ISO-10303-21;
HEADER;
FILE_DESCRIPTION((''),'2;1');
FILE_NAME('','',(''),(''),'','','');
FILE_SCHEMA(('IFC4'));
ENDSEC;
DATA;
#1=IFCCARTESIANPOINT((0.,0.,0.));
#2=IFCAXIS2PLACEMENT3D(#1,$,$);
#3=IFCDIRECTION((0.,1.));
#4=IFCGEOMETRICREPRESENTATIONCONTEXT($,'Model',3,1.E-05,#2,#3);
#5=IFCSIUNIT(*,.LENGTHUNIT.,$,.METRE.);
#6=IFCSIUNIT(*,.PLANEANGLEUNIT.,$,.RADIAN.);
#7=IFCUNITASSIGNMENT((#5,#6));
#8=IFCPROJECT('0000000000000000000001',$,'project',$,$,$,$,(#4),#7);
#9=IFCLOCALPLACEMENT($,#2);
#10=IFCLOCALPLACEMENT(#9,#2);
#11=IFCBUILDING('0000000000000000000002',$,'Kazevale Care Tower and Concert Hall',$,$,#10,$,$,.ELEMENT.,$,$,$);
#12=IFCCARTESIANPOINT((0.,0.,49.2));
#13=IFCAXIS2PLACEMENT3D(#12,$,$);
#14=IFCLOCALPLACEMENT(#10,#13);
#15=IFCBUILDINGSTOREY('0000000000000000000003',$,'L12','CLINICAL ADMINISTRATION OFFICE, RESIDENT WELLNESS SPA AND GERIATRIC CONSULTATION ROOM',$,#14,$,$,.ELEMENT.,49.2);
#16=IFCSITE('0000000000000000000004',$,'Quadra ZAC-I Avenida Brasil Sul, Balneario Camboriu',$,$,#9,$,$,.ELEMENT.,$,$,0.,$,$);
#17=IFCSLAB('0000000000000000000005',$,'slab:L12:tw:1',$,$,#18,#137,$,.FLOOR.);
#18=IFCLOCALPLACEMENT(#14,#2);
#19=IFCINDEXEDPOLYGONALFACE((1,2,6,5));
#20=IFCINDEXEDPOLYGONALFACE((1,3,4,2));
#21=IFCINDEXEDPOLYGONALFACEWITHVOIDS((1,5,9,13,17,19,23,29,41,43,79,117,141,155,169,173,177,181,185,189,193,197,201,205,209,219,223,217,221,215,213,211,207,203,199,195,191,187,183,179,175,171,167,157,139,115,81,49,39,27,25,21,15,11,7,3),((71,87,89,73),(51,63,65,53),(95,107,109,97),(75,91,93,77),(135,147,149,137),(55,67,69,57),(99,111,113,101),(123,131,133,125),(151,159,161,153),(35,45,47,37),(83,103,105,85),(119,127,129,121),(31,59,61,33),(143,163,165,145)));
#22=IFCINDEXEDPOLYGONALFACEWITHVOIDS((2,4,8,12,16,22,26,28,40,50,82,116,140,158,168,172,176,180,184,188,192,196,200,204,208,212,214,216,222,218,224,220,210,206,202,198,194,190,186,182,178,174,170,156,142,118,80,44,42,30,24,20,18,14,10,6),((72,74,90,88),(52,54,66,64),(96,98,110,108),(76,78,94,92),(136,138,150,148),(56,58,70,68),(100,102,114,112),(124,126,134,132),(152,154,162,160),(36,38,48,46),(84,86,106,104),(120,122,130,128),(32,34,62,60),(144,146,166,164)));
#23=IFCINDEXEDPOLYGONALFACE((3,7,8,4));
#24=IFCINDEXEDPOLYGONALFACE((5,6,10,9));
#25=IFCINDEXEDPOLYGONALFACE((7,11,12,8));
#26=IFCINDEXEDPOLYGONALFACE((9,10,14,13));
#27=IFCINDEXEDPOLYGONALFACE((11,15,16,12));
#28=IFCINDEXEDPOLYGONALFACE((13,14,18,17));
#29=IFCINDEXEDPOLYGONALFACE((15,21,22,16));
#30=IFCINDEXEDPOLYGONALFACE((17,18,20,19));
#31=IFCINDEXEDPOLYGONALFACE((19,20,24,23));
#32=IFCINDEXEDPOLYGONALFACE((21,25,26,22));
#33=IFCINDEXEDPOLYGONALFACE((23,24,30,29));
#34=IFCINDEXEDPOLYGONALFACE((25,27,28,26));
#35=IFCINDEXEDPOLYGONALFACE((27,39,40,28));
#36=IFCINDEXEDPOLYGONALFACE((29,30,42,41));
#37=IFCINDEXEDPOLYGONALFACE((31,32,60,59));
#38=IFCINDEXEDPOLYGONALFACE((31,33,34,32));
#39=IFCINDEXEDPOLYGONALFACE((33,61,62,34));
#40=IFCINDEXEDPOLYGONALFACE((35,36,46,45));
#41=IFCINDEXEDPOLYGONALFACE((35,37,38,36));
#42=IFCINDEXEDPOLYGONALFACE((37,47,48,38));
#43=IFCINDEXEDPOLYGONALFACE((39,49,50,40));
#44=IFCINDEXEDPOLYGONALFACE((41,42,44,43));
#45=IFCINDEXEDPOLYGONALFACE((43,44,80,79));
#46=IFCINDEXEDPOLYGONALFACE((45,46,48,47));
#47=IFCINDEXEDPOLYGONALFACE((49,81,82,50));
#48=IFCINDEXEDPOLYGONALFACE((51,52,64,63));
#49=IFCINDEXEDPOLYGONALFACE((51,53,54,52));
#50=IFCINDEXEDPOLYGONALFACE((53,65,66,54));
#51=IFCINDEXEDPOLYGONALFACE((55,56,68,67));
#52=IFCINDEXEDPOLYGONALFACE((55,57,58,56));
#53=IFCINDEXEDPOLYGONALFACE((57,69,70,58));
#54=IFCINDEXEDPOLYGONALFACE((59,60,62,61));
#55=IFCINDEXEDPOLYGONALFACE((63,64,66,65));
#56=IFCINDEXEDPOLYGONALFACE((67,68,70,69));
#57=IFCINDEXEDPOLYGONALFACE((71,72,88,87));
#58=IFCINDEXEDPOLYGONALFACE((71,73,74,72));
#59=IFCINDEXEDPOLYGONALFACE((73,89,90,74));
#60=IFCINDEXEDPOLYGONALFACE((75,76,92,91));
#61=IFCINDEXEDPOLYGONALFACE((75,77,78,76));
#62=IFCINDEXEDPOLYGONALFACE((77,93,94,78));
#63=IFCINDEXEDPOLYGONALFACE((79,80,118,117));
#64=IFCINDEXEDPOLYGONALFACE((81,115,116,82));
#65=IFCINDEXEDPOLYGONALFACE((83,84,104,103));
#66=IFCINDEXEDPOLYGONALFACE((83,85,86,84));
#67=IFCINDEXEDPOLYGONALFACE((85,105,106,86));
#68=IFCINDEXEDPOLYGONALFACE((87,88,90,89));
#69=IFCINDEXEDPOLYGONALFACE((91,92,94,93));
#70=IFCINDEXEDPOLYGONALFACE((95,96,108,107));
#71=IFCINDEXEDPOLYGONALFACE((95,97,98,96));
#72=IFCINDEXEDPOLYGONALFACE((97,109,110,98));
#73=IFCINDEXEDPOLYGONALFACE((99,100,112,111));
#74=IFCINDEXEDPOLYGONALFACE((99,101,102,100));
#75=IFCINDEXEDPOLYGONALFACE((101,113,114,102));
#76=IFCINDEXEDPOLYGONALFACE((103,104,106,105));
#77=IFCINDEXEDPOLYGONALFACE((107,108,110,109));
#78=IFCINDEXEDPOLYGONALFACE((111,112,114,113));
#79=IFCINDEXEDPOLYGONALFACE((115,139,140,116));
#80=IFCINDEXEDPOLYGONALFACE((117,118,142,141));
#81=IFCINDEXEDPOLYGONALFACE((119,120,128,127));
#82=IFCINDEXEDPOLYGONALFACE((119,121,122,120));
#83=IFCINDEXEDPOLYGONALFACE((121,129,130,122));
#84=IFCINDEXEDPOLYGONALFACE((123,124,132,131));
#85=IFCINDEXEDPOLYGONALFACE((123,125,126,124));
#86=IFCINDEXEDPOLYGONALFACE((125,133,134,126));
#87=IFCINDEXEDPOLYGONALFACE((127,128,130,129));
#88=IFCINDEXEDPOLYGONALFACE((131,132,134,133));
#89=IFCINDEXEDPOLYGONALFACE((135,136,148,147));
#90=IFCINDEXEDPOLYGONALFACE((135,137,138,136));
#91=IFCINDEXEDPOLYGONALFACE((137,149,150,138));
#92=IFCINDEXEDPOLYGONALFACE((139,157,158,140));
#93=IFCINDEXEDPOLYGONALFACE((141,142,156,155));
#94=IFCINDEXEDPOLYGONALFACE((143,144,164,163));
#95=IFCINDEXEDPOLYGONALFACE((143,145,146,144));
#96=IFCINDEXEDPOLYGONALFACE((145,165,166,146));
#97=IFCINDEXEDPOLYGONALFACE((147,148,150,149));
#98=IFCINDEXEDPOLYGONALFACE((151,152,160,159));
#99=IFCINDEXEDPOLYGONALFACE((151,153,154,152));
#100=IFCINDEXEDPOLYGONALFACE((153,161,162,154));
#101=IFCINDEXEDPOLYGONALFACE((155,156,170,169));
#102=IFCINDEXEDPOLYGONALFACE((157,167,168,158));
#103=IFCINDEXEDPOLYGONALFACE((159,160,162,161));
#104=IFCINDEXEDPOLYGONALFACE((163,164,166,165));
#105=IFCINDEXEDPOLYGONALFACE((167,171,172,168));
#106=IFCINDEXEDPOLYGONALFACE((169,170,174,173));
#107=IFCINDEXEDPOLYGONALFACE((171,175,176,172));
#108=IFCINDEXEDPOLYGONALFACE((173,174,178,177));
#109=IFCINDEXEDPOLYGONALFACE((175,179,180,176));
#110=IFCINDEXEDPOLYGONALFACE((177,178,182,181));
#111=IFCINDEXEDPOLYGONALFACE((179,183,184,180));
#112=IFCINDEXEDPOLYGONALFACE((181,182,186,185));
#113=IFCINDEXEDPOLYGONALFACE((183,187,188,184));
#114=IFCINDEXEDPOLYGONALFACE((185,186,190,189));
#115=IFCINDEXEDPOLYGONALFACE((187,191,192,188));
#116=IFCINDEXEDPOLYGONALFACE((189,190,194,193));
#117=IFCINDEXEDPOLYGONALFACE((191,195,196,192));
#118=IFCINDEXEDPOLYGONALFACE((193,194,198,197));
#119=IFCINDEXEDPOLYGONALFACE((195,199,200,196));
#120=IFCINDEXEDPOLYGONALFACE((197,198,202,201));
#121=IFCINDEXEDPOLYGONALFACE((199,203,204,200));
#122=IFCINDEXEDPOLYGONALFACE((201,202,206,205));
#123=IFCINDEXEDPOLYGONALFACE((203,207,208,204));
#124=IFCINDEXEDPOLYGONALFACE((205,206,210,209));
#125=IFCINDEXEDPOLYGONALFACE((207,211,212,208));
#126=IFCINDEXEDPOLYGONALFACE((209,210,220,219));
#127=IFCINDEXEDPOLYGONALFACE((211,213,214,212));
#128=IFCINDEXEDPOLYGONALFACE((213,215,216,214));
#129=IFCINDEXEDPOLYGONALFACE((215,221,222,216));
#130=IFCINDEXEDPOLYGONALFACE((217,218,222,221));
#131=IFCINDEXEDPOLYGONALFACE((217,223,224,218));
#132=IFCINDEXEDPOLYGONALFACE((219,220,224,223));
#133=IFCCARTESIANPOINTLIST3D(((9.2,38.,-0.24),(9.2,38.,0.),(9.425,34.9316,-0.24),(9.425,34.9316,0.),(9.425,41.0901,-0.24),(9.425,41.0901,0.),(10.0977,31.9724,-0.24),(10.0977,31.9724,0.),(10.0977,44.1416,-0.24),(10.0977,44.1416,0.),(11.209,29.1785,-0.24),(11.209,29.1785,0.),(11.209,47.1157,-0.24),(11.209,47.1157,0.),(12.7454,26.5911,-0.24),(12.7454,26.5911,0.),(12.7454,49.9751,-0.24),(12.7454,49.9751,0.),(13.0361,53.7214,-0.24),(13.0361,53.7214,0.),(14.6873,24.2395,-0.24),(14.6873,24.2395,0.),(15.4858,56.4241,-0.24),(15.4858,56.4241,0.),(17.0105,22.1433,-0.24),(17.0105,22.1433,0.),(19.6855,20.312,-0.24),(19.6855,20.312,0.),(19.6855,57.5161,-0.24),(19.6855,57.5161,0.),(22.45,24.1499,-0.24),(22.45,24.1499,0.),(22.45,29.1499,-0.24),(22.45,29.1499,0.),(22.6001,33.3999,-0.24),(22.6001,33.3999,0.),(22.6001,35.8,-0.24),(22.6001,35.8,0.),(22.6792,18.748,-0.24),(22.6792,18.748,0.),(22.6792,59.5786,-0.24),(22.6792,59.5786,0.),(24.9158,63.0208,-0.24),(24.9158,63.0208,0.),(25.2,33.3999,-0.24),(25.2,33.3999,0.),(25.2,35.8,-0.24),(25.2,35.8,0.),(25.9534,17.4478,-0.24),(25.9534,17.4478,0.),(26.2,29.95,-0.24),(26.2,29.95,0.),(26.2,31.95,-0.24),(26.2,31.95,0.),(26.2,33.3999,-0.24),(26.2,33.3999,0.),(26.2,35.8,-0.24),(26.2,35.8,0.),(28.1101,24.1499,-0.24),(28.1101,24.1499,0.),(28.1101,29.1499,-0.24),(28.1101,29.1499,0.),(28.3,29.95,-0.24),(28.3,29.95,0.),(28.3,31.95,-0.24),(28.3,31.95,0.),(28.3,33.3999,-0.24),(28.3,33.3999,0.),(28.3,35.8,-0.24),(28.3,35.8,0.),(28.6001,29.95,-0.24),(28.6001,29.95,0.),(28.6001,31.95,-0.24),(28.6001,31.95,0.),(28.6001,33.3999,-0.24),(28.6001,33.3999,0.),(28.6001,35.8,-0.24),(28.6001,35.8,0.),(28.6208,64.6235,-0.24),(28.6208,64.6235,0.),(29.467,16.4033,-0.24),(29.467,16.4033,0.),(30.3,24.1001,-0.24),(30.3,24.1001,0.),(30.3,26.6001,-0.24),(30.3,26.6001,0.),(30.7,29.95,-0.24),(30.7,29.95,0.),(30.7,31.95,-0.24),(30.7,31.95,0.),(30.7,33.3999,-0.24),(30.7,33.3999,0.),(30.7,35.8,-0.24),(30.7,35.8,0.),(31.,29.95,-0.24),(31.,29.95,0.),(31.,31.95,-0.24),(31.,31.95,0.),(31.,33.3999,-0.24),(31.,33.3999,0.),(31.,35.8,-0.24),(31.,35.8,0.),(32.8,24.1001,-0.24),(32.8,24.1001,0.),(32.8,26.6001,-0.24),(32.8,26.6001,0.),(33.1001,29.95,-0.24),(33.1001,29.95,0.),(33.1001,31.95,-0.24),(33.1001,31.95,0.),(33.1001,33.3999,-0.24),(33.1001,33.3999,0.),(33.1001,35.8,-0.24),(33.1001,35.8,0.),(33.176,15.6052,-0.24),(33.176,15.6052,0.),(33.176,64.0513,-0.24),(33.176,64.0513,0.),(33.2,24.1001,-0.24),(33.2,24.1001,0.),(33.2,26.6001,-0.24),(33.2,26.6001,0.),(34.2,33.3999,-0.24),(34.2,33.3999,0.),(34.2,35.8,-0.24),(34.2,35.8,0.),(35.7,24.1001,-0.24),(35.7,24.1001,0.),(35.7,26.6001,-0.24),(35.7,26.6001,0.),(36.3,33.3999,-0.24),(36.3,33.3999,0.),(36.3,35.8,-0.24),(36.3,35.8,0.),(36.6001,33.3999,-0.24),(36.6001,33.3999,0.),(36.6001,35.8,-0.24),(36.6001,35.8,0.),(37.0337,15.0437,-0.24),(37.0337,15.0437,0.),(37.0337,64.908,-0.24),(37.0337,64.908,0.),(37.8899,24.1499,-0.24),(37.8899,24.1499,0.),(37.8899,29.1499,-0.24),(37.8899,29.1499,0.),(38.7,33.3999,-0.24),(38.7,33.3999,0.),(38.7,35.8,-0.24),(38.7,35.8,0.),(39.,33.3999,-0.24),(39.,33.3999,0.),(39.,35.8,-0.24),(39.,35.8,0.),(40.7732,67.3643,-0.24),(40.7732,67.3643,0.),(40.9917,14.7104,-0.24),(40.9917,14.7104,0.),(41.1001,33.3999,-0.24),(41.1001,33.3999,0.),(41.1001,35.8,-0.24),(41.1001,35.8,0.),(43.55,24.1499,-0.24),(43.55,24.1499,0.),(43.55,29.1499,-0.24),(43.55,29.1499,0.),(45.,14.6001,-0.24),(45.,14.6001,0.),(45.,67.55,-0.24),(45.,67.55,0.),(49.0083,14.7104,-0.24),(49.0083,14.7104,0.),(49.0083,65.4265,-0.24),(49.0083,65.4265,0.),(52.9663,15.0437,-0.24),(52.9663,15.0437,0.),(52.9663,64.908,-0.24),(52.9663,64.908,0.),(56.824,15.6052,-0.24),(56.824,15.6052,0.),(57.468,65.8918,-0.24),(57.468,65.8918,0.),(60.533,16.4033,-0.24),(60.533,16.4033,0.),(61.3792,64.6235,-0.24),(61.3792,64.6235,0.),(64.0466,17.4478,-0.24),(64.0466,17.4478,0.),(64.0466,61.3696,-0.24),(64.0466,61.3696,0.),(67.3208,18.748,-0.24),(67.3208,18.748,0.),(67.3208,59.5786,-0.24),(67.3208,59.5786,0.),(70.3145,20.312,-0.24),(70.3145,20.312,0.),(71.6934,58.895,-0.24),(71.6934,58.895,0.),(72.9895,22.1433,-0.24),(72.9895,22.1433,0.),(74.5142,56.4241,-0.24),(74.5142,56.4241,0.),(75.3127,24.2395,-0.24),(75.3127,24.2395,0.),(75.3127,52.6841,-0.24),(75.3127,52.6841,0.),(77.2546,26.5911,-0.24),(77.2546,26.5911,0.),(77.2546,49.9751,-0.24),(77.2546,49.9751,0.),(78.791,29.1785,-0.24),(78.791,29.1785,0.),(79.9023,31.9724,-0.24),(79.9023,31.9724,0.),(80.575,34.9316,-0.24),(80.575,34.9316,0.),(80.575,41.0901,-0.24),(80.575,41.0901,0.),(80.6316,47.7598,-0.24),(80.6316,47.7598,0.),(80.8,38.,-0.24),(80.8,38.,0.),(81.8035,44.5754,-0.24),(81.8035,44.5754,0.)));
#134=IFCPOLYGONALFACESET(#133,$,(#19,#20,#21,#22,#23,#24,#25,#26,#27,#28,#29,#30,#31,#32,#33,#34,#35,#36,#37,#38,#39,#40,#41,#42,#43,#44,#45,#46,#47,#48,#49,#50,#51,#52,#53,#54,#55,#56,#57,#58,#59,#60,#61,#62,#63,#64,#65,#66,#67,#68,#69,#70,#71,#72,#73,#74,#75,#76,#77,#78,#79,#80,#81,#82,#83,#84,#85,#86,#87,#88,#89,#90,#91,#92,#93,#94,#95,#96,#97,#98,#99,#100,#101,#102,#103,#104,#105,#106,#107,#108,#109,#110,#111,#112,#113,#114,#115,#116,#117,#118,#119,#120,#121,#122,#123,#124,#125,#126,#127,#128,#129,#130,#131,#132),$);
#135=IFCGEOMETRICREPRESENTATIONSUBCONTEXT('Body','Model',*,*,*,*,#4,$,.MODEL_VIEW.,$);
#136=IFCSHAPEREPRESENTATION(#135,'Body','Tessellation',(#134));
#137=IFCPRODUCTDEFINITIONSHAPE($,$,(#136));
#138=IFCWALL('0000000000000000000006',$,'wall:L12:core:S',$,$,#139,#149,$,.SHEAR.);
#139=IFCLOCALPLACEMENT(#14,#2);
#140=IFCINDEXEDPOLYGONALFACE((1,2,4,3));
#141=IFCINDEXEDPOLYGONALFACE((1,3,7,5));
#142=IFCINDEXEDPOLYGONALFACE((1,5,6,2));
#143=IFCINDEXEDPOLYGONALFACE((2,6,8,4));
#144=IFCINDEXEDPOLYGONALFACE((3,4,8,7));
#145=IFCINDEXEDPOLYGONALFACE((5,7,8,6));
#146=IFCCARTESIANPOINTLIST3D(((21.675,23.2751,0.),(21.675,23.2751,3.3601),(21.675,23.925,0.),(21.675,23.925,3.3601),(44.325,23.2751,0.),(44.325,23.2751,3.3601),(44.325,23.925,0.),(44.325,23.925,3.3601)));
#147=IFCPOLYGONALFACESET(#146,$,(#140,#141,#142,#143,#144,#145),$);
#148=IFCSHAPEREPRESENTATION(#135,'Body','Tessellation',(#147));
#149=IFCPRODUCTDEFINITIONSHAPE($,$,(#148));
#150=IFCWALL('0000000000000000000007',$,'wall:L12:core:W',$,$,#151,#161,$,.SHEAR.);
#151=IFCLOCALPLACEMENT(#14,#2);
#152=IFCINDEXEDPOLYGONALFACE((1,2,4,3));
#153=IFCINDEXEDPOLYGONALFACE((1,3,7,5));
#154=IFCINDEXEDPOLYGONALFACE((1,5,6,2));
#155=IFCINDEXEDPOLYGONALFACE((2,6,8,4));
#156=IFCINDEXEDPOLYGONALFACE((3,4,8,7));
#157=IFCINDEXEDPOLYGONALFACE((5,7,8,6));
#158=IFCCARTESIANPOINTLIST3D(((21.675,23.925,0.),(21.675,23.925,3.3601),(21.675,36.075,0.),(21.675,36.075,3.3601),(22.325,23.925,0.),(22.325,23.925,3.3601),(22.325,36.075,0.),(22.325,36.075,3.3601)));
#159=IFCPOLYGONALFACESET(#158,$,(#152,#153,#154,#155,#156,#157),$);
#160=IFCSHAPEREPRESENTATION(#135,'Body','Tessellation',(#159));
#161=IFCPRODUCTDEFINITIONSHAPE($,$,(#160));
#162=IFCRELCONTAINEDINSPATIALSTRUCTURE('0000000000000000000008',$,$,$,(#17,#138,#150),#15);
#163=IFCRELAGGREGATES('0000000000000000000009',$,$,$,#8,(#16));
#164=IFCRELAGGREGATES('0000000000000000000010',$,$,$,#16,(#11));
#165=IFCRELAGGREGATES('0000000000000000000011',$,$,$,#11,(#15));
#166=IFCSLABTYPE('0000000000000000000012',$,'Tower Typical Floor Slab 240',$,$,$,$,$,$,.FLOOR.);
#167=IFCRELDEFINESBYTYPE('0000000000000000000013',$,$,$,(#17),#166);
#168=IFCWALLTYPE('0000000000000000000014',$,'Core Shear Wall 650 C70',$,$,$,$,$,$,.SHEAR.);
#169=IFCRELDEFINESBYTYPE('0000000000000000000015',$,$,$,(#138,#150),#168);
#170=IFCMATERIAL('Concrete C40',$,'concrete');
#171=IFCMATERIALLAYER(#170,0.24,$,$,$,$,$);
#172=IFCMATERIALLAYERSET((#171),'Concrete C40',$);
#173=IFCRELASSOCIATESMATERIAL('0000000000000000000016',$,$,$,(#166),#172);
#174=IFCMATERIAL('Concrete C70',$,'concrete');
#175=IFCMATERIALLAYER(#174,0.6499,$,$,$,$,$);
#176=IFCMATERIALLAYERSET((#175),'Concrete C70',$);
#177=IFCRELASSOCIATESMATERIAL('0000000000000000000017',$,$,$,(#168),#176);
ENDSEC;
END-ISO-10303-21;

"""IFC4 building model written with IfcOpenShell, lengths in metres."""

from ifc_helpers import new_model, si_unit, direction, frame, frame_2d, origin, place, context, subcontext, project, spatial, polyline, rectangle, outline, extrude, material, layer, layer_set, type_object, element, save


model = new_model("IFC4")

# Units and contexts
model_context = context("Model", 3, precision=1e-05, world=origin(), true_north=direction((0.0, 1.0)))
body_context = subcontext(model_context, "Body", "Model", "MODEL_VIEW")
ifc_project = project(units=[si_unit("LENGTHUNIT", "METRE"), si_unit("PLANEANGLEUNIT", "RADIAN")], contexts=[model_context])

# Site, building, storey
site_placement = place(None, origin())
site = spatial("IfcSite", under=ifc_project, at=site_placement, Name="Quadra ZAC-I Avenida Brasil Sul, Balneario Camboriu", CompositionType="ELEMENT", RefElevation=0.0)
building_placement = place(site_placement, origin())
building = spatial("IfcBuilding", under=site, at=building_placement, Name="Kazevale Care Tower and Concert Hall", CompositionType="ELEMENT")
storey_placement = place(building_placement, frame((0.0, 0.0, 49.2)))
storey = spatial("IfcBuildingStorey", under=building, at=storey_placement, Name="L12", Description="CLINICAL ADMINISTRATION OFFICE, RESIDENT WELLNESS SPA AND GERIATRIC CONSULTATION ROOM", CompositionType="ELEMENT", Elevation=49.2)

# Shared definitions
ifc_material_1 = material(Name="Concrete C70", Category="concrete")

# Shared definitions
ifc_material_2 = material(Name="Concrete C40", Category="concrete")

# Slab
ifc_layer_1 = layer(ifc_material_2, 0.24)
ifc_layer_set_1 = layer_set([ifc_layer_1], Name="Concrete C40")
slab_type_1 = type_object("IfcSlabType", Name="Tower Typical Floor Slab 240", PredefinedType="FLOOR", material=ifc_layer_set_1)
slab_1_placement = place(storey_placement, frame((0.0, 0.0, -0.24)))
element("IfcSlab", 1, at=slab_1_placement, inside=storey, type_object=slab_type_1, Name="slab:L12:tw:1", PredefinedType="FLOOR", context=body_context, shape_type="SweptSolid", body=[
    extrude(outline(polyline([(80.8, 38.0), (80.575, 41.0901), (81.8035, 44.5754), (80.6316, 47.7598), (77.2546, 49.9751), (75.3127, 52.6841), (74.5142, 56.4241), (71.6934, 58.895), (67.3208, 59.5786), (64.0466, 61.3696), (61.3792, 64.6235), (57.468, 65.8918), (52.9663, 64.908), (49.0083, 65.4265), (45.0, 67.55), (40.7732, 67.3643), (37.0337, 64.908), (33.176, 64.0513), (28.6208, 64.6235), (24.9158, 63.0208), (22.6792, 59.5786), (19.6855, 57.5161), (15.4858, 56.4241), (13.0361, 53.7214), (12.7454, 49.9751), (11.209, 47.1157), (10.0977, 44.1416), (9.425, 41.0901), (9.2, 38.0), (9.425, 34.9316), (10.0977, 31.9724), (11.209, 29.1785), (12.7454, 26.5911), (14.6873, 24.2395), (17.0105, 22.1433), (19.6855, 20.312), (22.6792, 18.748), (25.9534, 17.4478), (29.467, 16.4033), (33.176, 15.6052), (37.0337, 15.0437), (40.9917, 14.7104), (45.0, 14.6001), (49.0083, 14.7104), (52.9663, 15.0437), (56.824, 15.6052), (60.533, 16.4033), (64.0466, 17.4478), (67.3208, 18.748), (70.3145, 20.312), (72.9895, 22.1433), (75.3127, 24.2395), (77.2546, 26.5911), (78.791, 29.1785), (79.9023, 31.9724), (80.575, 34.9316), (80.8, 38.0)]), holes=[polyline([(22.45, 24.1499), (28.1101, 24.1499), (28.1101, 29.1499), (22.45, 29.1499), (22.45, 24.1499)]), polyline([(37.8899, 24.1499), (43.55, 24.1499), (43.55, 29.1499), (37.8899, 29.1499), (37.8899, 24.1499)]), polyline([(30.3, 24.1001), (32.8, 24.1001), (32.8, 26.6001), (30.3, 26.6001), (30.3, 24.1001)]), polyline([(33.2, 24.1001), (35.7, 24.1001), (35.7, 26.6001), (33.2, 26.6001), (33.2, 24.1001)]), polyline([(22.6001, 33.3999), (25.2, 33.3999), (25.2, 35.8), (22.6001, 35.8), (22.6001, 33.3999)]), polyline([(26.2, 33.3999), (28.3, 33.3999), (28.3, 35.8), (26.2, 35.8), (26.2, 33.3999)]), polyline([(28.6001, 33.3999), (30.7, 33.3999), (30.7, 35.8), (28.6001, 35.8), (28.6001, 33.3999)]), polyline([(31.0, 33.3999), (33.1001, 33.3999), (33.1001, 35.8), (31.0, 35.8), (31.0, 33.3999)]), polyline([(34.2, 33.3999), (36.3, 33.3999), (36.3, 35.8), (34.2, 35.8), (34.2, 33.3999)]), polyline([(36.6001, 33.3999), (38.7, 33.3999), (38.7, 35.8), (36.6001, 35.8), (36.6001, 33.3999)]), polyline([(39.0, 33.3999), (41.1001, 33.3999), (41.1001, 35.8), (39.0, 35.8), (39.0, 33.3999)]), polyline([(26.2, 29.95), (28.3, 29.95), (28.3, 31.95), (26.2, 31.95), (26.2, 29.95)]), polyline([(28.6001, 29.95), (30.7, 29.95), (30.7, 31.95), (28.6001, 31.95), (28.6001, 29.95)]), polyline([(31.0, 29.95), (33.1001, 29.95), (33.1001, 31.95), (31.0, 31.95), (31.0, 29.95)])]), origin(), (0.0, 0.0, 1.0), 0.24),
])

# Walls
ifc_layer_2 = layer(ifc_material_1, 0.6499)
ifc_layer_set_2 = layer_set([ifc_layer_2], Name="Concrete C70")
wall_type_1 = type_object("IfcWallType", Name="Core Shear Wall 650 C70", PredefinedType="SHEAR", material=ifc_layer_set_2)
wall_1_placement = place(storey_placement, frame((21.675, 23.6001, 0.0), z_axis=(0.0, 0.0, 1.0), x_axis=(1.0, 0.0, 0.0)))
element("IfcWall", 2, at=wall_1_placement, inside=storey, type_object=wall_type_1, Name="wall:L12:core:S", PredefinedType="SHEAR", context=body_context, shape_type="SweptSolid", body=[
    extrude(rectangle(XDim=22.6499, YDim=0.6499, at=frame_2d((11.325, 0.0))), origin(), (0.0, 0.0, 1.0), 3.3601),
])
wall_2_placement = place(storey_placement, frame((22.0, 23.925, 0.0), z_axis=(0.0, 0.0, 1.0), x_axis=(0.0, 1.0, 0.0)))
element("IfcWall", 3, at=wall_2_placement, inside=storey, type_object=wall_type_1, Name="wall:L12:core:W", PredefinedType="SHEAR", context=body_context, shape_type="SweptSolid", body=[
    extrude(rectangle(XDim=12.1499, YDim=0.6499, at=frame_2d((6.075, 0.0))), origin(), (0.0, 0.0, 1.0), 3.3601),
])

save(model, "model.ifc")
